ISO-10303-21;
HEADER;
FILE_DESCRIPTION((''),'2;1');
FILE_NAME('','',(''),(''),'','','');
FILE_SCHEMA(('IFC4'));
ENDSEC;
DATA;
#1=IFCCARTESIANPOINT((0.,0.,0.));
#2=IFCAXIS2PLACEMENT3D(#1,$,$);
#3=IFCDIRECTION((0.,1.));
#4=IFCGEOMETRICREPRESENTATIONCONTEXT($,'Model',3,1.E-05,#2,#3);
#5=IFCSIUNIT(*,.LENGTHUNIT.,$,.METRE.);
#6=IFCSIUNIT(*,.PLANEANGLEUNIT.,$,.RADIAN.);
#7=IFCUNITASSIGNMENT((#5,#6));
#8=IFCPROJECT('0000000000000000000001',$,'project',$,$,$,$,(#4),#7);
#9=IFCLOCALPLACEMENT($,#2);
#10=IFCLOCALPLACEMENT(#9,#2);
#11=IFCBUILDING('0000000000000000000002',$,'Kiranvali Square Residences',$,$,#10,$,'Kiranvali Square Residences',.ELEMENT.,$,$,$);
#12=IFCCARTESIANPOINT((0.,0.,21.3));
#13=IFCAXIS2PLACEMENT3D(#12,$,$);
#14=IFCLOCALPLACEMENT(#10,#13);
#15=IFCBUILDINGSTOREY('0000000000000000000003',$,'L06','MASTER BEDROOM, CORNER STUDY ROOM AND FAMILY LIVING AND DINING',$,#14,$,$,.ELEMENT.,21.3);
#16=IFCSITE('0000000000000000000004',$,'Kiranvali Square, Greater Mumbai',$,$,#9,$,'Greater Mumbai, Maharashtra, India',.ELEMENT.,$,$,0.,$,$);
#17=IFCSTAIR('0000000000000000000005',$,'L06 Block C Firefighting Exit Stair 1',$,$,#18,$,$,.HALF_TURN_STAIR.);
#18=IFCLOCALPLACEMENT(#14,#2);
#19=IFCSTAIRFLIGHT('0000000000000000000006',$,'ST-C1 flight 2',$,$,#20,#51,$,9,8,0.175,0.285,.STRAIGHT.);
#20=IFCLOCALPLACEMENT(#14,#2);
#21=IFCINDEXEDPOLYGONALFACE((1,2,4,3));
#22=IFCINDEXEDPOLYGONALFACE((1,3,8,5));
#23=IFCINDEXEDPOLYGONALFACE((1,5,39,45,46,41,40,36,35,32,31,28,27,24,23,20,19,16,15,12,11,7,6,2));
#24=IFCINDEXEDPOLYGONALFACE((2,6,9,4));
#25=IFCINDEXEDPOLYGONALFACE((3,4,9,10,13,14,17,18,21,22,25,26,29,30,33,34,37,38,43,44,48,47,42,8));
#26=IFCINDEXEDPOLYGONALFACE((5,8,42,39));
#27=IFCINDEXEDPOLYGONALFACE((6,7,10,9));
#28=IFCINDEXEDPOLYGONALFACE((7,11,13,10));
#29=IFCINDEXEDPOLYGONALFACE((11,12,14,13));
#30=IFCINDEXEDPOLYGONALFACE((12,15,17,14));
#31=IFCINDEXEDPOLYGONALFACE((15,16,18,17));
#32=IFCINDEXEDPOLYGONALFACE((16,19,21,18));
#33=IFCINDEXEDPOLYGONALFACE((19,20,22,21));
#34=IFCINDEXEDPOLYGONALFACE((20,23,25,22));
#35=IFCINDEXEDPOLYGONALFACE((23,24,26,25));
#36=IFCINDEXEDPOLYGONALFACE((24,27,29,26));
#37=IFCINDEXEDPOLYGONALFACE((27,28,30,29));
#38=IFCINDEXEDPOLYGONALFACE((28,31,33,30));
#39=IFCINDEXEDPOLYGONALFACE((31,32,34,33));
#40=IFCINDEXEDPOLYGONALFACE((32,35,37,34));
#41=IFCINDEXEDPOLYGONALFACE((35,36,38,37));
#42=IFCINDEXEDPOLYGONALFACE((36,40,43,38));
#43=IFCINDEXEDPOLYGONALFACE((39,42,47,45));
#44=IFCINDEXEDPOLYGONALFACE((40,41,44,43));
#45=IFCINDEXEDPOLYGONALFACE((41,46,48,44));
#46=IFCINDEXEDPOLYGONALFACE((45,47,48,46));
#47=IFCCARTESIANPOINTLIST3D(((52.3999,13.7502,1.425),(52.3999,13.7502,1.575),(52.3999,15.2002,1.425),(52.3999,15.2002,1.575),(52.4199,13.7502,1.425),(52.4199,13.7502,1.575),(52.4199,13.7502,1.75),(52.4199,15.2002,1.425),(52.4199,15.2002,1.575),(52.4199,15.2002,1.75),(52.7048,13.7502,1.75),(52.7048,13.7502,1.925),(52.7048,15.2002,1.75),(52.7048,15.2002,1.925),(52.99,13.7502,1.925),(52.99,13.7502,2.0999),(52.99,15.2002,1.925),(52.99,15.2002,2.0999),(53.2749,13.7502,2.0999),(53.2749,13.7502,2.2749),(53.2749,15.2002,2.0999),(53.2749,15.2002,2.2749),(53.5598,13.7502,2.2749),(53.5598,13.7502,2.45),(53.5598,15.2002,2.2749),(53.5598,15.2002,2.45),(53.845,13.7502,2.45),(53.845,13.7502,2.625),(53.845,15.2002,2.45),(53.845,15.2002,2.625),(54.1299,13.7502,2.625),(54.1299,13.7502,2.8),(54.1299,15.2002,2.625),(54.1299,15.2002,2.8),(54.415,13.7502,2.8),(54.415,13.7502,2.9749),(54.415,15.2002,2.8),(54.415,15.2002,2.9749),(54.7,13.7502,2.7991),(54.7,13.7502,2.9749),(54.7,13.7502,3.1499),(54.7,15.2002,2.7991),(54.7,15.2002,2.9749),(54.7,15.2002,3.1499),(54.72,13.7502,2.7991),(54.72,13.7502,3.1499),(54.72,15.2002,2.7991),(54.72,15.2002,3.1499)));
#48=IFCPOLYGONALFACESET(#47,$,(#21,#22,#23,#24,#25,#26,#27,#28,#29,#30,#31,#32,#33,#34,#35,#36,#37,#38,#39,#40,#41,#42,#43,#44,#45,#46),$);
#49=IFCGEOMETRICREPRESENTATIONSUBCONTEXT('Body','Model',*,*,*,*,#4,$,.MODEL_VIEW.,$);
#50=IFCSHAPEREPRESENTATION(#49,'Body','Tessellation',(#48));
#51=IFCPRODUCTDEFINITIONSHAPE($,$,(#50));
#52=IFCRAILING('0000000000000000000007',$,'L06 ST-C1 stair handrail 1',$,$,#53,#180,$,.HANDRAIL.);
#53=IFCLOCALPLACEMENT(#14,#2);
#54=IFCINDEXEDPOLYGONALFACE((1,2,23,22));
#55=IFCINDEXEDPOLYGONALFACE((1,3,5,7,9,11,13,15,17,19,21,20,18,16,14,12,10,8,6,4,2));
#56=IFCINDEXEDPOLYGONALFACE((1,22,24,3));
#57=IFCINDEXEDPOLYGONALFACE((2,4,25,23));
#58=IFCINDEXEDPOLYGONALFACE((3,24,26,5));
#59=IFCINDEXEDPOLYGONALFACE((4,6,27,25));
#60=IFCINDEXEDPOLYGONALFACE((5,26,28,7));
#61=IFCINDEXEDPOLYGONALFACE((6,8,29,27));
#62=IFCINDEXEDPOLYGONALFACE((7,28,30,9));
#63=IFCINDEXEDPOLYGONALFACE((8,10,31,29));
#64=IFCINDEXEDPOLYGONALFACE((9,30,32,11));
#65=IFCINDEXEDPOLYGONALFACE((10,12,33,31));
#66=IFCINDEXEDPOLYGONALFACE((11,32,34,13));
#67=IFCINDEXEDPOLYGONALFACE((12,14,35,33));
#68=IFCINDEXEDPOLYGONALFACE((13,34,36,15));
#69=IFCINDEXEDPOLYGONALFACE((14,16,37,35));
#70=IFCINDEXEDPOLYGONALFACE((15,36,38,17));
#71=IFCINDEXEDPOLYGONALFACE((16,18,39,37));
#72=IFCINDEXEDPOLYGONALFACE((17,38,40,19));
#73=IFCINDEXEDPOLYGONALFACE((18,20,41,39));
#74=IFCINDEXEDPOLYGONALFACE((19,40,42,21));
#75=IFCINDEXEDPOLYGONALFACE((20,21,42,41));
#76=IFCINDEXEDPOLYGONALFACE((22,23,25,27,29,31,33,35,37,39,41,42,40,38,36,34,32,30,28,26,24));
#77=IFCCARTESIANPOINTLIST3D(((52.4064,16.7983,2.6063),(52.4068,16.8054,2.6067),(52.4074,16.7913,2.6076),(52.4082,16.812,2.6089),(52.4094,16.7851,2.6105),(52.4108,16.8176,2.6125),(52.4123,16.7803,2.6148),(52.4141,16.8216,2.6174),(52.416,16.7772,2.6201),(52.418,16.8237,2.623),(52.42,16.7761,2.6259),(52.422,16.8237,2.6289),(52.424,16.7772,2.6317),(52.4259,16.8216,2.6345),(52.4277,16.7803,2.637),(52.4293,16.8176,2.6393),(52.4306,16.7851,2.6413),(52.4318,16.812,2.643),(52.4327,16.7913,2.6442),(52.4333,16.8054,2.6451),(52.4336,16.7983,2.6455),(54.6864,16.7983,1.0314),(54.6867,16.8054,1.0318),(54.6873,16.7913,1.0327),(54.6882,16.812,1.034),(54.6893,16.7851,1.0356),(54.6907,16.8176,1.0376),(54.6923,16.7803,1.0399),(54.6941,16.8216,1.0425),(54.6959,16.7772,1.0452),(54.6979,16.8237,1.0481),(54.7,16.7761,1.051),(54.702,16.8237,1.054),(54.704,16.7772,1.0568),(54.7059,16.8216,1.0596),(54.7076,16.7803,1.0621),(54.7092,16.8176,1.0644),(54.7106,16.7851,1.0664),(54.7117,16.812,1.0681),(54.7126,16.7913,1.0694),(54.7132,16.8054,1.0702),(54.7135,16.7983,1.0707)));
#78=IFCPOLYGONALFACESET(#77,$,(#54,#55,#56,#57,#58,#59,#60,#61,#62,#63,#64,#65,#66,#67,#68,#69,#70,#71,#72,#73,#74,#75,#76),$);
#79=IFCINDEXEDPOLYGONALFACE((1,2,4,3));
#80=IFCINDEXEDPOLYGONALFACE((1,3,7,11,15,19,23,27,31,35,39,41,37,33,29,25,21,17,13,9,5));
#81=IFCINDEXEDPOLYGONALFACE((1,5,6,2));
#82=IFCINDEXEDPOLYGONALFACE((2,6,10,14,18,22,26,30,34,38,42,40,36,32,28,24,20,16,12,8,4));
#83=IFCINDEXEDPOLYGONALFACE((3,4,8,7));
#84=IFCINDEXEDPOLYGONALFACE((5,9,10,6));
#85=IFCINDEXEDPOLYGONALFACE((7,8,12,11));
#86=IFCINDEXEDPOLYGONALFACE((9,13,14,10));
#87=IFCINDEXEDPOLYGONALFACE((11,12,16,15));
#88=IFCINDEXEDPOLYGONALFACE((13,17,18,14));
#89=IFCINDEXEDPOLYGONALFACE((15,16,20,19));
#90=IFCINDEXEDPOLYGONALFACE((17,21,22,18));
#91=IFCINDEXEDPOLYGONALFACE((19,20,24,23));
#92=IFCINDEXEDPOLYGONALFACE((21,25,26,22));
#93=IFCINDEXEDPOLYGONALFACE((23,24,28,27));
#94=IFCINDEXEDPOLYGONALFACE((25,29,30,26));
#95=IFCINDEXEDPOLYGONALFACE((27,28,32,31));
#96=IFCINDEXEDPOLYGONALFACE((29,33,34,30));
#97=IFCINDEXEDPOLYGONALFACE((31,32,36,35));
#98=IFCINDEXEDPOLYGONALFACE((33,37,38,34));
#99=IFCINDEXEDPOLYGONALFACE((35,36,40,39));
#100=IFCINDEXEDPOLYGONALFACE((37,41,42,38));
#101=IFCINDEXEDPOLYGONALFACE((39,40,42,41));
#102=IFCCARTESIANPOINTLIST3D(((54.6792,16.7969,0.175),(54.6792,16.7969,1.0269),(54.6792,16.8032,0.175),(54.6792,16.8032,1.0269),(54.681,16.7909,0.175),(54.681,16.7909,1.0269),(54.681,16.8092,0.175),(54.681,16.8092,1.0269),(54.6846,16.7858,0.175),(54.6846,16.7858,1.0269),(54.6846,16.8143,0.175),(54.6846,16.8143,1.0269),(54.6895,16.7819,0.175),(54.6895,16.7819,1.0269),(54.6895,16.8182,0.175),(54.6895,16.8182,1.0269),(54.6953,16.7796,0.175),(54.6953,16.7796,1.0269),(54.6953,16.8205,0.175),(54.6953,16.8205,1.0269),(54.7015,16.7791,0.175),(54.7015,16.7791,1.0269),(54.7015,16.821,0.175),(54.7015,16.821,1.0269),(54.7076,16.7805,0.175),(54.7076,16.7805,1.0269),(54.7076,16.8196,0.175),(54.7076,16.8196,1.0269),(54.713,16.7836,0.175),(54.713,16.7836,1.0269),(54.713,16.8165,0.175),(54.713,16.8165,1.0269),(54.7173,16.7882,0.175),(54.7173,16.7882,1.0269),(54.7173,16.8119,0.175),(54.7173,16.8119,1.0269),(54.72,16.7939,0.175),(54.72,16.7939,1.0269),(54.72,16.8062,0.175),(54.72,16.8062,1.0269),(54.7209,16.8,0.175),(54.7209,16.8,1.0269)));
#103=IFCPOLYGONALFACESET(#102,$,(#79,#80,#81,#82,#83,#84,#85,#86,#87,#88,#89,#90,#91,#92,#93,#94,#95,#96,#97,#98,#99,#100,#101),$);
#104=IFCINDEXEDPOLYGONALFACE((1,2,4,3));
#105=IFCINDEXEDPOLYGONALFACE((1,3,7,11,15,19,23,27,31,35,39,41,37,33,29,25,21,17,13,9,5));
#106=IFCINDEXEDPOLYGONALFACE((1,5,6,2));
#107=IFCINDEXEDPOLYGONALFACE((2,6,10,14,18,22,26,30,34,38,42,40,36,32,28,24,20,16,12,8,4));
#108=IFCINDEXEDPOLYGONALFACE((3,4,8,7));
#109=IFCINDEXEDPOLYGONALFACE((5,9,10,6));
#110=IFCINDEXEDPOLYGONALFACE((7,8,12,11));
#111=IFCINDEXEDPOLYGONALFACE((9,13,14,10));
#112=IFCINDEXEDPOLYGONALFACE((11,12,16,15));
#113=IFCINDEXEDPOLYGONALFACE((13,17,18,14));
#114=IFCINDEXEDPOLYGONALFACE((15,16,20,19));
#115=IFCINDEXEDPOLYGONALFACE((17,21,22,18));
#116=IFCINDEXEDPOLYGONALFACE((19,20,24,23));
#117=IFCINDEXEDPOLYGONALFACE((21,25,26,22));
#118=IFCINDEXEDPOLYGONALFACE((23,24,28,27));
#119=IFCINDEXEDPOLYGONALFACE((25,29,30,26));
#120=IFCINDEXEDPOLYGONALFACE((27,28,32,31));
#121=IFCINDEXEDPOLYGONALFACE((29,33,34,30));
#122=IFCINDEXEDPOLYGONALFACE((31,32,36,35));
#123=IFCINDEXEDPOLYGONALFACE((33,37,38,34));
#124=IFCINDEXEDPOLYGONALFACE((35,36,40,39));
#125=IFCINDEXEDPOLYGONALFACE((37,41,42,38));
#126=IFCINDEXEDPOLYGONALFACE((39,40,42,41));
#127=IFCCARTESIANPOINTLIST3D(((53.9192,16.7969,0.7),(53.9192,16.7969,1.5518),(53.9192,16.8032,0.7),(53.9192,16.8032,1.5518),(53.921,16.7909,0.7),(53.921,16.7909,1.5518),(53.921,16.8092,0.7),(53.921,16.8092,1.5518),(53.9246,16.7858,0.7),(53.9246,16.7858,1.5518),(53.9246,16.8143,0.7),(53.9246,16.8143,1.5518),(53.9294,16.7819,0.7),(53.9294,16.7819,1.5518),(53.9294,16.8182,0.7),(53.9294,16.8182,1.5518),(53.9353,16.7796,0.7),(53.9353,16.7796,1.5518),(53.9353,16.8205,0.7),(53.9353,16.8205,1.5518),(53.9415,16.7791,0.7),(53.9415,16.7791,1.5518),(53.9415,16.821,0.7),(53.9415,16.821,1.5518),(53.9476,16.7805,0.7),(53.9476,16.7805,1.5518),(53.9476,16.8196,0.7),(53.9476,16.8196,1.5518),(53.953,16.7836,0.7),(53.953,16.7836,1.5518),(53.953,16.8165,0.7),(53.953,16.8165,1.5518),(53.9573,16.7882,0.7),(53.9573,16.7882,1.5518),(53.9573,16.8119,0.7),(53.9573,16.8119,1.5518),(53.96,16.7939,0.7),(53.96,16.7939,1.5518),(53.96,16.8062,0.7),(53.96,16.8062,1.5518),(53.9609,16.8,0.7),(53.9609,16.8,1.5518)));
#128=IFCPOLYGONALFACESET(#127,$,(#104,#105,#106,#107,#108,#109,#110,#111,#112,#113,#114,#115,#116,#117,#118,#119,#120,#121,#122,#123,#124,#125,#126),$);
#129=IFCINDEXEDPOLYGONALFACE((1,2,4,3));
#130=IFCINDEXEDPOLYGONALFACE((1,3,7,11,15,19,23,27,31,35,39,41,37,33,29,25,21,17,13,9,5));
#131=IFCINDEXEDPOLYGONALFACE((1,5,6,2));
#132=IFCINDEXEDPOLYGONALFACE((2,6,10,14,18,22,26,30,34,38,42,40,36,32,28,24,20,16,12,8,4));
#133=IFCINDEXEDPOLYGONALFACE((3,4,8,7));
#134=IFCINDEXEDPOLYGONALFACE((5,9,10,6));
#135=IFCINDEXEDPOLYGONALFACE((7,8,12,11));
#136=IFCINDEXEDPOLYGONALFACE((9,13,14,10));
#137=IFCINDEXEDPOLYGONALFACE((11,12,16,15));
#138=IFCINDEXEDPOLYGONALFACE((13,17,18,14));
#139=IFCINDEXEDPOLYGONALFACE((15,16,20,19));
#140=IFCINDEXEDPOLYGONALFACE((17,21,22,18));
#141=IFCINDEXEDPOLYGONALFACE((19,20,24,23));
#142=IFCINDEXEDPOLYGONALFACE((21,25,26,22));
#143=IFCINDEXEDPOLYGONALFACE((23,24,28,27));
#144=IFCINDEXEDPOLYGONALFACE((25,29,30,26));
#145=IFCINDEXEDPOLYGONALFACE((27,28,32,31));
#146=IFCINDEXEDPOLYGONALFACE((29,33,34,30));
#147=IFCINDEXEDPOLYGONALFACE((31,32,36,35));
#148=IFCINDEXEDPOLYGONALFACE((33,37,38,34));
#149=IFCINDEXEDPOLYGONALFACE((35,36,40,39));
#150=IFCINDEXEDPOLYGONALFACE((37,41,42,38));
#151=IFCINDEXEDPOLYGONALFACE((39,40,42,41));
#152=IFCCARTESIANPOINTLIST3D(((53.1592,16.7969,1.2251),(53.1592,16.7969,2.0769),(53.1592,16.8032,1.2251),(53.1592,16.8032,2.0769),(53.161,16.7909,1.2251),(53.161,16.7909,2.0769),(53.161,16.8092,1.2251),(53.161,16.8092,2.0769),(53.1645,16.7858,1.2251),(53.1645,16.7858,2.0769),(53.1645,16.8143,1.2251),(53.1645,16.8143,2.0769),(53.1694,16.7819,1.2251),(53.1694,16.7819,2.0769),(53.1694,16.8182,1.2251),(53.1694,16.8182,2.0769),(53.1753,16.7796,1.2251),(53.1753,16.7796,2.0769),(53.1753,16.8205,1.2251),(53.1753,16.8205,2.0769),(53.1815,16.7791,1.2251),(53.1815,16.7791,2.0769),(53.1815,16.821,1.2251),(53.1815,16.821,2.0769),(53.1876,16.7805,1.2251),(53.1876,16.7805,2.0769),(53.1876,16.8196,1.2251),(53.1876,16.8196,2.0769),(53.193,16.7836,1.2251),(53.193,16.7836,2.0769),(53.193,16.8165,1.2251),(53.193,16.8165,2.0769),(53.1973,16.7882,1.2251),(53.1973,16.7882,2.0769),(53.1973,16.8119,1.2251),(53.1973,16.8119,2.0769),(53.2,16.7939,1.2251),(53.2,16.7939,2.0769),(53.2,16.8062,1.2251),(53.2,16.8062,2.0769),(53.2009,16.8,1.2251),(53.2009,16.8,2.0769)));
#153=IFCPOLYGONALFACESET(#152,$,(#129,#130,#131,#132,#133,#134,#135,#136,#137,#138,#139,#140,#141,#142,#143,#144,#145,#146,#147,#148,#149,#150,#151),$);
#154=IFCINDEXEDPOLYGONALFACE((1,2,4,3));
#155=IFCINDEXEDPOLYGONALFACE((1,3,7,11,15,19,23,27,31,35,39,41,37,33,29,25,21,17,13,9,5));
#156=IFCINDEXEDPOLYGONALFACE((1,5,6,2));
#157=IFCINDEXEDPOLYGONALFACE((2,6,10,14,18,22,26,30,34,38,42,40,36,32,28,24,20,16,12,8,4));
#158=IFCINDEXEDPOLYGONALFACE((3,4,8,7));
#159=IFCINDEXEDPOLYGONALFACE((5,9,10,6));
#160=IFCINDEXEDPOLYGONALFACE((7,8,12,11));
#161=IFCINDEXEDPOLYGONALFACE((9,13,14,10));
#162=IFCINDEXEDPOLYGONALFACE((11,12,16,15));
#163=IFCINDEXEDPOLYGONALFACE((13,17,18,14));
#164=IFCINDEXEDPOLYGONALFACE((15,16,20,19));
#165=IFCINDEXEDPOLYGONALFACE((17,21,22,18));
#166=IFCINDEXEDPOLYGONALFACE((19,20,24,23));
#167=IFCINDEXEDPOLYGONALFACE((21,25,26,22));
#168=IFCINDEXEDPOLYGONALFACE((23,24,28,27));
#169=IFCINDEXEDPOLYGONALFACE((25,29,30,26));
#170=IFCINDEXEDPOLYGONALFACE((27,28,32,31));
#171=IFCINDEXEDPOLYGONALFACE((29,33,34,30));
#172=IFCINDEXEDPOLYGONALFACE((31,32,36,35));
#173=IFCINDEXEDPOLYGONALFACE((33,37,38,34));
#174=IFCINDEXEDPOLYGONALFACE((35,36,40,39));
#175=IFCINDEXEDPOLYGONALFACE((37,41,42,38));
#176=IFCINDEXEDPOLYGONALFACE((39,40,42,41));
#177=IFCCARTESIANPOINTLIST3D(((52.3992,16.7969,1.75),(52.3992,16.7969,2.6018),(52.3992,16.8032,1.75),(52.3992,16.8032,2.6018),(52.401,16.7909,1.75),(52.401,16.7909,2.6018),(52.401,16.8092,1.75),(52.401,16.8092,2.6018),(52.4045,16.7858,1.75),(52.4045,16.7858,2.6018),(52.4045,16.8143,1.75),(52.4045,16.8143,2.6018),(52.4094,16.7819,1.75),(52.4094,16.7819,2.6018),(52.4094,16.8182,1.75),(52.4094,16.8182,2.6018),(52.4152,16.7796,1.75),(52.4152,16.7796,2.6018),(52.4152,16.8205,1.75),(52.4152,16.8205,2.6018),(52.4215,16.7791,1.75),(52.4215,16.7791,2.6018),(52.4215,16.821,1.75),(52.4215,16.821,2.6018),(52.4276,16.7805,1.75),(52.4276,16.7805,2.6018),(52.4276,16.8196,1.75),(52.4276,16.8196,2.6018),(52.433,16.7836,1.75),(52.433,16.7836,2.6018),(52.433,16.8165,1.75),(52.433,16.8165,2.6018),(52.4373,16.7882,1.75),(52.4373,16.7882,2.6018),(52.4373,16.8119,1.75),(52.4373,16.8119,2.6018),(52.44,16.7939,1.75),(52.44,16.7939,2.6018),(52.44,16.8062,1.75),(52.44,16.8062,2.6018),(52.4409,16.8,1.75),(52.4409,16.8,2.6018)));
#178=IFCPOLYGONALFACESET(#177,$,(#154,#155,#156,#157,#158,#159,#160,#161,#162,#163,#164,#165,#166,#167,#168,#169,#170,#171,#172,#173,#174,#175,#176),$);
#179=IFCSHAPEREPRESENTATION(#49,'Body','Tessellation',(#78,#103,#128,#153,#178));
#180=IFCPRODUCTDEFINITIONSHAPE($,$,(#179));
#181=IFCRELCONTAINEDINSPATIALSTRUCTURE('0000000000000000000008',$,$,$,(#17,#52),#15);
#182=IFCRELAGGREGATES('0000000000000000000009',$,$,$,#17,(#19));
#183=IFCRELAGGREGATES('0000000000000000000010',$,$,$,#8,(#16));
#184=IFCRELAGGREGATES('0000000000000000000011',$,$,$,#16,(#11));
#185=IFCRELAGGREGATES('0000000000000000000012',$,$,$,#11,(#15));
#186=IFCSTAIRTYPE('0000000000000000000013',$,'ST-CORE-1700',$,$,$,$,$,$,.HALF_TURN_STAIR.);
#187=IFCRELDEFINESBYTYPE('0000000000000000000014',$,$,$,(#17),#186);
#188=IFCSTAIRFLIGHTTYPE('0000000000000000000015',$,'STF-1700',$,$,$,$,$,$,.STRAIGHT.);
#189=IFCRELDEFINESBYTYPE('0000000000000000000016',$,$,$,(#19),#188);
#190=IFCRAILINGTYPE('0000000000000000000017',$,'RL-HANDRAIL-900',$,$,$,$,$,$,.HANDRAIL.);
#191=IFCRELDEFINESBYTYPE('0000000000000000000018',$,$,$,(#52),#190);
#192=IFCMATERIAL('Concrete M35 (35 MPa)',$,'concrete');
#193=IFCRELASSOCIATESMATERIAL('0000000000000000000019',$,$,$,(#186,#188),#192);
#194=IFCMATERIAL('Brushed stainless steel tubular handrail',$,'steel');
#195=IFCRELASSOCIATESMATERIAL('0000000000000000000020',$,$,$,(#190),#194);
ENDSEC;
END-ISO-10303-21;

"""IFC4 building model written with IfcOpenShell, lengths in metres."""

from ifc_helpers import new_model, si_unit, direction, frame, origin, origin_2d, place, context, subcontext, project, spatial, polyline, circle, outline, extrude, material, type_object, element, aggregate, save


model = new_model("IFC4")

# Units and contexts
model_context = context("Model", 3, precision=1e-05, world=origin(), true_north=direction((0.0, 1.0)))
body_context = subcontext(model_context, "Body", "Model", "MODEL_VIEW")
ifc_project = project(units=[si_unit("LENGTHUNIT", "METRE"), si_unit("PLANEANGLEUNIT", "RADIAN")], contexts=[model_context])

# Site, building, storey
site_placement = place(None, origin())
site = spatial("IfcSite", under=ifc_project, at=site_placement, Name="Kiranvali Square, Greater Mumbai", LongName="Greater Mumbai, Maharashtra, India", CompositionType="ELEMENT", RefElevation=0.0)
building_placement = place(site_placement, origin())
building = spatial("IfcBuilding", under=site, at=building_placement, Name="Kiranvali Square Residences", LongName="Kiranvali Square Residences", CompositionType="ELEMENT")
storey_placement = place(building_placement, frame((0.0, 0.0, 21.3)))
storey = spatial("IfcBuildingStorey", under=building, at=storey_placement, Name="L06", Description="MASTER BEDROOM, CORNER STUDY ROOM AND FAMILY LIVING AND DINING", CompositionType="ELEMENT", Elevation=21.3)

# Stair, stair flight
ifc_material_1 = material(Name="Concrete M35 (35 MPa)", Category="concrete")
stair_type = type_object("IfcStairType", Name="ST-CORE-1700", PredefinedType="HALF_TURN_STAIR", material=ifc_material_1)
stair_placement = place(storey_placement, origin())
stair = element("IfcStair", 1, at=stair_placement, inside=storey, type_object=stair_type, Name="L06 Block C Firefighting Exit Stair 1", PredefinedType="HALF_TURN_STAIR")
stair_flight_type = type_object("IfcStairFlightType", Name="STF-1700", PredefinedType="STRAIGHT", material=ifc_material_1)
stair_flight_1_placement = place(storey_placement, frame((52.4199, 14.4751, 1.575), z_axis=(0.0, 0.0, 1.0), x_axis=(1.0, 0.0, 0.0)))
stair_flight_1 = element("IfcStairFlight", 2, at=stair_flight_1_placement, type_object=stair_flight_type, Name="ST-C1 flight 2", NumberOfRisers=9, NumberOfTreads=8, PredefinedType="STRAIGHT", RiserHeight=0.175, TreadLength=0.285, context=body_context, shape_type="SweptSolid", body=[
    extrude(outline(polyline([(-0.02, -0.1499), (-0.02, 0.0), (0.0, 0.0), (0.0, 0.175), (0.2849, 0.175), (0.2849, 0.3501), (0.5701, 0.3501), (0.5701, 0.5249), (0.855, 0.5249), (0.855, 0.7), (1.1399, 0.7), (1.1399, 0.875), (1.425, 0.875), (1.425, 1.05), (1.71, 1.05), (1.71, 1.2251), (1.9951, 1.2251), (1.9951, 1.3999), (2.28, 1.3999), (2.28, 1.575), (2.3, 1.575), (2.3, 1.2241), (2.28, 1.2241), (0.0, -0.1499), (-0.02, -0.1499)])), frame((0.0, 0.7251, 0.0), z_axis=(0.0, -1.0, 0.0), x_axis=(1.0, 0.0, 0.0)), (0.0, 0.0, 1.0), 1.45),
])
aggregate(stair, [stair_flight_1])

# Railing
ifc_material_2 = material(Name="Brushed stainless steel tubular handrail", Category="steel")
railing_type_1 = type_object("IfcRailingType", Name="RL-HANDRAIL-900", PredefinedType="HANDRAIL", material=ifc_material_2)
railing_1_placement = place(storey_placement, frame((54.7, 16.8, 0.175)))
element("IfcRailing", 3, at=railing_1_placement, inside=storey, type_object=railing_type_1, Name="L06 ST-C1 stair handrail 1", PredefinedType="HANDRAIL", context=body_context, shape_type="SweptSolid", body=[
    extrude(circle(Radius=0.0239, at=origin_2d()), frame((0.0, 0.0, 0.876), z_axis=(-0.822788, 0.0, 0.568348), x_axis=(0.0, -1.0, 0.0)), (0.0, 0.0, 1.0), 2.771),
    extrude(circle(Radius=0.021, at=origin_2d()), origin(), (0.0, 0.0, 1.0), 0.8518),
    extrude(circle(Radius=0.021, at=origin_2d()), frame((-0.76, 0.0, 0.5249)), (0.0, 0.0, 1.0), 0.8518),
    extrude(circle(Radius=0.021, at=origin_2d()), frame((-1.52, 0.0, 1.05)), (0.0, 0.0, 1.0), 0.8518),
    extrude(circle(Radius=0.021, at=origin_2d()), frame((-2.28, 0.0, 1.575)), (0.0, 0.0, 1.0), 0.8518),
])

save(model, "model.ifc")
